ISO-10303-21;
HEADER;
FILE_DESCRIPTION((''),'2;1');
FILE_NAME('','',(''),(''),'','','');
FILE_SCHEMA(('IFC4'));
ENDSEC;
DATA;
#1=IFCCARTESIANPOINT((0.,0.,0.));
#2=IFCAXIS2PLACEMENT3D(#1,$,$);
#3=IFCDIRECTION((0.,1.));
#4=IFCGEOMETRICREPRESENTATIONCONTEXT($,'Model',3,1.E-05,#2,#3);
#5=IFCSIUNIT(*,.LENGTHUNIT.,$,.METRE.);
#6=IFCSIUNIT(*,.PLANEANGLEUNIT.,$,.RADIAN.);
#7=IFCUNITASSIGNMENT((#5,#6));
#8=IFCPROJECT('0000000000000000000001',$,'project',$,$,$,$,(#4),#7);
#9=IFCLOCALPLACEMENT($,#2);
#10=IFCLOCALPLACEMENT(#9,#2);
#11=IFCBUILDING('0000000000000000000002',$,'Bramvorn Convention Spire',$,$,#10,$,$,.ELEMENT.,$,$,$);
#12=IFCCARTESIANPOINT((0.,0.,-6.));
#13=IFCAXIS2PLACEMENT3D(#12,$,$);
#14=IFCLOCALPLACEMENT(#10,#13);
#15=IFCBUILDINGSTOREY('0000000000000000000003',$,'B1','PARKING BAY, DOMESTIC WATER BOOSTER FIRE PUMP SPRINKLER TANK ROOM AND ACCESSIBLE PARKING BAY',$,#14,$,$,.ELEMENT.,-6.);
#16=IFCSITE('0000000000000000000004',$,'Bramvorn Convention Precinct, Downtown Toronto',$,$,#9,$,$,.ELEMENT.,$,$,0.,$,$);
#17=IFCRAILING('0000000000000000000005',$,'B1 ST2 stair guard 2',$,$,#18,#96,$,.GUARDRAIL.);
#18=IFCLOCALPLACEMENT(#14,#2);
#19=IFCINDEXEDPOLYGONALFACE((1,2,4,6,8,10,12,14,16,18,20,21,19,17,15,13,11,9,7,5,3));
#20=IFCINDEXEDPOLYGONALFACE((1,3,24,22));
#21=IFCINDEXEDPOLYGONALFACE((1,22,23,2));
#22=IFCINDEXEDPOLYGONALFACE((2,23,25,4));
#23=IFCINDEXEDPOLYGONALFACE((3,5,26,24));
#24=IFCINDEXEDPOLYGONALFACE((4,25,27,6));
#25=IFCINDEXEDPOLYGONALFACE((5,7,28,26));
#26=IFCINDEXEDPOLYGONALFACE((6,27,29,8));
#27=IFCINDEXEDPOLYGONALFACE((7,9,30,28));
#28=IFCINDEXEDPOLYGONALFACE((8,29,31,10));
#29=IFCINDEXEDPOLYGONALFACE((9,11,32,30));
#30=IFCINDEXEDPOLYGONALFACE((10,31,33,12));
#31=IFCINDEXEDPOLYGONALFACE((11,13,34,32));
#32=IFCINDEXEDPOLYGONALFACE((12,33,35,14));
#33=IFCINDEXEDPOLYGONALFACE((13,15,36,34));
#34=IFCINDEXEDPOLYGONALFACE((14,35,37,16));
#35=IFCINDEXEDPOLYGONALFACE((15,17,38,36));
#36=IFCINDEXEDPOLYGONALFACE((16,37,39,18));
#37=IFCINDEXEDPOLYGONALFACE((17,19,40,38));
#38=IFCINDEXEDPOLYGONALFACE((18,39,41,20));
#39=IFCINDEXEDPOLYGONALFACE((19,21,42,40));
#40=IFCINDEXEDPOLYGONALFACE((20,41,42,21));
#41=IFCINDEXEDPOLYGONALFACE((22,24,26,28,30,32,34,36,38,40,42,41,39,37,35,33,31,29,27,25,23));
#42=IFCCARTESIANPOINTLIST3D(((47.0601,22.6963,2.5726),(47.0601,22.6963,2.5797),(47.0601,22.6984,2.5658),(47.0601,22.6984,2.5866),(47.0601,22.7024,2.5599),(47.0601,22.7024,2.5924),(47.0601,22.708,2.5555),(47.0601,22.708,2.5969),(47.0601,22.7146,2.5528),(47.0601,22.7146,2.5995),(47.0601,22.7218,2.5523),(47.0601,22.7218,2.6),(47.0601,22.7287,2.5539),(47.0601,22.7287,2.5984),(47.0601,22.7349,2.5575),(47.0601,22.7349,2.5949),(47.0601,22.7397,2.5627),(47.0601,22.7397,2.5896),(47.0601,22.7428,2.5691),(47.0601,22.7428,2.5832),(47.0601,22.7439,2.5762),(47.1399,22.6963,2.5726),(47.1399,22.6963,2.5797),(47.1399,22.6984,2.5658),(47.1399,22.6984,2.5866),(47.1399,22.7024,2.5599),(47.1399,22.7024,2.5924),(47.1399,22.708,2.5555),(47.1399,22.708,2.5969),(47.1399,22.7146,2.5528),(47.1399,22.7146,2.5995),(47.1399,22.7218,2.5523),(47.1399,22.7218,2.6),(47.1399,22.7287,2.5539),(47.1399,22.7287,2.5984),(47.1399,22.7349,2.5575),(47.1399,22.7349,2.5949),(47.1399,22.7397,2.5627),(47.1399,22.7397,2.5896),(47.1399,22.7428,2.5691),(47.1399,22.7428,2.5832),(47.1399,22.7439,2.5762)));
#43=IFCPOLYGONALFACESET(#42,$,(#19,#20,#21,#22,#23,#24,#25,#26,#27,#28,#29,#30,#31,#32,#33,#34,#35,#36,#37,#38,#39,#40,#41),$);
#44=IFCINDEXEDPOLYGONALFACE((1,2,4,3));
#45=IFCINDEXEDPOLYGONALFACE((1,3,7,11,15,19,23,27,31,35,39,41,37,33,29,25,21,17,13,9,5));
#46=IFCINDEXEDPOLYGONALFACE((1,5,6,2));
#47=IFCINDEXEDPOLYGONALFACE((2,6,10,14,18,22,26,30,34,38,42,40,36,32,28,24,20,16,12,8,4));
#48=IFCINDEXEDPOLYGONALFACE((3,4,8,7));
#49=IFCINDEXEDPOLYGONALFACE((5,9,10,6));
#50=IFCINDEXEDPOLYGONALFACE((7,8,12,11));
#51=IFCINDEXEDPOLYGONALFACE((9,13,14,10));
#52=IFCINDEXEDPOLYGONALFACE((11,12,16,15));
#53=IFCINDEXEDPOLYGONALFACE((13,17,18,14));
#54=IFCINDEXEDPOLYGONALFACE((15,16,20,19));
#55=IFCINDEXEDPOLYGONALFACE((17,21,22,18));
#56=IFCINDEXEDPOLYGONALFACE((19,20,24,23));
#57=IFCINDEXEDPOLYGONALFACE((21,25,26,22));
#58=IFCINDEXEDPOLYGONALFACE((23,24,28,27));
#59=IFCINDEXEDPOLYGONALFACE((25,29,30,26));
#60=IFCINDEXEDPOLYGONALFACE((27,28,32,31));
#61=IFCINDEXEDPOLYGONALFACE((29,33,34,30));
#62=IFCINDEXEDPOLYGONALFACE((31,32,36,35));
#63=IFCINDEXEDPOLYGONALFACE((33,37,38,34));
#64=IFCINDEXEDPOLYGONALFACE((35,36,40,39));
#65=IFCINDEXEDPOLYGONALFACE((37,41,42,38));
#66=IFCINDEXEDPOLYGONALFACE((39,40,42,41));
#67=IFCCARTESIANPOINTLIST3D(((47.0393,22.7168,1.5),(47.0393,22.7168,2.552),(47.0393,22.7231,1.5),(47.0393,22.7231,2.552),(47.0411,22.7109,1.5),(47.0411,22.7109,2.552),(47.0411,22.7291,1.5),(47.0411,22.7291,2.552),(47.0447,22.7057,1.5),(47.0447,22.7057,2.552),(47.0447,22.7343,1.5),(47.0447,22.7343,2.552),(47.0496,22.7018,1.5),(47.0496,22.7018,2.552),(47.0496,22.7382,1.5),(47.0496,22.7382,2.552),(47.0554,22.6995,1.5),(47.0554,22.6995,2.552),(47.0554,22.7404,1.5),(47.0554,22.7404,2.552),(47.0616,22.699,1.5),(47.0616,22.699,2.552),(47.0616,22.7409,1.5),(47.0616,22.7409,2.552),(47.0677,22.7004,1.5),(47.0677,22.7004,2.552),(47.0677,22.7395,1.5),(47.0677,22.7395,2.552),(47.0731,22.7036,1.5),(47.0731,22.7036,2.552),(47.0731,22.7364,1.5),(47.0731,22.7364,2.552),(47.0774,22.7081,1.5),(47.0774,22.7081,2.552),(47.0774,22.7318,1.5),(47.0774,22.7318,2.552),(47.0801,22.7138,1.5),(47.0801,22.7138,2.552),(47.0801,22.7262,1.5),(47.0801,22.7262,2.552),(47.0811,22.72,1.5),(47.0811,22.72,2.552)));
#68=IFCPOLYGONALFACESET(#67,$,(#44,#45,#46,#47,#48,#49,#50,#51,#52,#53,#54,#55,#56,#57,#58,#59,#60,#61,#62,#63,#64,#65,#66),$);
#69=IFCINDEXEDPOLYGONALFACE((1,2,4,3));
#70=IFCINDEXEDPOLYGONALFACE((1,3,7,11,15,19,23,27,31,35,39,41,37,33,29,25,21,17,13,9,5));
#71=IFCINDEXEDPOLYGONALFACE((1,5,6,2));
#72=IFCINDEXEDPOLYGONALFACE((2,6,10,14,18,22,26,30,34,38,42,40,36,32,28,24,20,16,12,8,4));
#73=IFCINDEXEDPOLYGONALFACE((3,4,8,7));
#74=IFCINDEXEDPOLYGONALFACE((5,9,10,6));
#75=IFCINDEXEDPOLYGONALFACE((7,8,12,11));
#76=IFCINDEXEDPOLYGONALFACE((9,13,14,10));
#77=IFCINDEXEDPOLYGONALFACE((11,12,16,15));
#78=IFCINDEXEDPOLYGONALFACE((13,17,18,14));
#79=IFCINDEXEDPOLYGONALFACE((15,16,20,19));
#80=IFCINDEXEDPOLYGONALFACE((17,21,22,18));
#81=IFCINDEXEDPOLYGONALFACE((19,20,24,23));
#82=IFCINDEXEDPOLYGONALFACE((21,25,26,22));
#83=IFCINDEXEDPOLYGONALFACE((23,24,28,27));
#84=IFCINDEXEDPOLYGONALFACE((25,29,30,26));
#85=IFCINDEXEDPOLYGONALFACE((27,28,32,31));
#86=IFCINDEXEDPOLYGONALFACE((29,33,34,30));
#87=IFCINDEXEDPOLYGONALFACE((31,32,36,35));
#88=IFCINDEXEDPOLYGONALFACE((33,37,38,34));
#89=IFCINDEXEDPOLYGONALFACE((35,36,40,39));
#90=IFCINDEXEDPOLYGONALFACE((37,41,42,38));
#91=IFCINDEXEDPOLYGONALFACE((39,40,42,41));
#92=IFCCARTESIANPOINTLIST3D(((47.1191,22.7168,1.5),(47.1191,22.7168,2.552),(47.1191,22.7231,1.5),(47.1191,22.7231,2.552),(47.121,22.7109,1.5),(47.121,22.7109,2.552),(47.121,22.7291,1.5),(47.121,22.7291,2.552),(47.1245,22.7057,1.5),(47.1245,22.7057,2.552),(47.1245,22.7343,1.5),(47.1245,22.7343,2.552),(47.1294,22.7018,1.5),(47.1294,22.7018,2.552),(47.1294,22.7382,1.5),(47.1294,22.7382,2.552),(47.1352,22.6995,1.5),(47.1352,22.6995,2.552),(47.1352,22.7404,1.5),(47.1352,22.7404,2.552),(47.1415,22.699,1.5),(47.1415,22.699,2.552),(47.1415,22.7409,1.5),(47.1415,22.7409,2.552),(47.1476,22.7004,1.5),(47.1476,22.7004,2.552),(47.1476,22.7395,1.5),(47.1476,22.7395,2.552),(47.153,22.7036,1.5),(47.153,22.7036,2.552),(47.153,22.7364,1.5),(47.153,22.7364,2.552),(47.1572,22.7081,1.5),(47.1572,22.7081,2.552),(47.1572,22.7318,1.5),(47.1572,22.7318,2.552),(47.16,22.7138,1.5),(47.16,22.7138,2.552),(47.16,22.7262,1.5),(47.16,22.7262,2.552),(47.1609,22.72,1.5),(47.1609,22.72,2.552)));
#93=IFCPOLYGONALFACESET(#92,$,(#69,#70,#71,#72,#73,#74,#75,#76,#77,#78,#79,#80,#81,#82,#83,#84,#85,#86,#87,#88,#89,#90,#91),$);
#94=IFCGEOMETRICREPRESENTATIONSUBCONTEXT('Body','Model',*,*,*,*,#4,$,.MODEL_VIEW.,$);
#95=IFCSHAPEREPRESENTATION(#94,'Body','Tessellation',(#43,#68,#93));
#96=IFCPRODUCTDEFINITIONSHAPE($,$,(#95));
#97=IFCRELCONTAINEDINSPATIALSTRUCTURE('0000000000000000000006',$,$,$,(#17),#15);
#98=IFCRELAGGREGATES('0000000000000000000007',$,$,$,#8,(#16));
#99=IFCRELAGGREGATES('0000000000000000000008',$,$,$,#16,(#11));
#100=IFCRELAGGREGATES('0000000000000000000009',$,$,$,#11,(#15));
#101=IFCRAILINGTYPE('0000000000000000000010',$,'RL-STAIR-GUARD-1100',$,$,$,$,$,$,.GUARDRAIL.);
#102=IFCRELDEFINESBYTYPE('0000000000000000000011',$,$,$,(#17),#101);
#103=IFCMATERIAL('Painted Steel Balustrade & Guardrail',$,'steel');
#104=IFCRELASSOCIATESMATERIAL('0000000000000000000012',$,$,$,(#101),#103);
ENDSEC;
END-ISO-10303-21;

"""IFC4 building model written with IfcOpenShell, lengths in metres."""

from ifc_helpers import new_model, si_unit, direction, frame, origin, origin_2d, place, context, subcontext, project, spatial, circle, extrude, material, type_object, element, save


model = new_model("IFC4")

# Units and contexts
model_context = context("Model", 3, precision=1e-05, world=origin(), true_north=direction((0.0, 1.0)))
body_context = subcontext(model_context, "Body", "Model", "MODEL_VIEW")
ifc_project = project(units=[si_unit("LENGTHUNIT", "METRE"), si_unit("PLANEANGLEUNIT", "RADIAN")], contexts=[model_context])

# Site, building, storey
site_placement = place(None, origin())
site = spatial("IfcSite", under=ifc_project, at=site_placement, Name="Bramvorn Convention Precinct, Downtown Toronto", CompositionType="ELEMENT", RefElevation=0.0)
building_placement = place(site_placement, origin())
building = spatial("IfcBuilding", under=site, at=building_placement, Name="Bramvorn Convention Spire", CompositionType="ELEMENT")
storey_placement = place(building_placement, frame((0.0, 0.0, -6.0)))
storey = spatial("IfcBuildingStorey", under=building, at=storey_placement, Name="B1", Description="PARKING BAY, DOMESTIC WATER BOOSTER FIRE PUMP SPRINKLER TANK ROOM AND ACCESSIBLE PARKING BAY", CompositionType="ELEMENT", Elevation=-6.0)

# Railing
ifc_material_1 = material(Name="Painted Steel Balustrade & Guardrail", Category="steel")
railing_type_1 = type_object("IfcRailingType", Name="RL-STAIR-GUARD-1100", PredefinedType="GUARDRAIL", material=ifc_material_1)
railing_1_placement = place(storey_placement, frame((47.0601, 22.72, 1.5)))
element("IfcRailing", 1, at=railing_1_placement, inside=storey, type_object=railing_type_1, Name="B1 ST2 stair guard 2", PredefinedType="GUARDRAIL", context=body_context, shape_type="SweptSolid", body=[
    extrude(circle(Radius=0.0239, at=origin_2d()), frame((0.0, 0.0, 1.0762), z_axis=(1.0, 0.0, 0.0), x_axis=(0.0, 1.0, 0.0)), (0.0, 0.0, 1.0), 0.0798),
    extrude(circle(Radius=0.021, at=origin_2d()), origin(), (0.0, 0.0, 1.0), 1.052),
    extrude(circle(Radius=0.021, at=origin_2d()), frame((0.0798, 0.0, 0.0)), (0.0, 0.0, 1.0), 1.052),
])

save(model, "model.ifc")
